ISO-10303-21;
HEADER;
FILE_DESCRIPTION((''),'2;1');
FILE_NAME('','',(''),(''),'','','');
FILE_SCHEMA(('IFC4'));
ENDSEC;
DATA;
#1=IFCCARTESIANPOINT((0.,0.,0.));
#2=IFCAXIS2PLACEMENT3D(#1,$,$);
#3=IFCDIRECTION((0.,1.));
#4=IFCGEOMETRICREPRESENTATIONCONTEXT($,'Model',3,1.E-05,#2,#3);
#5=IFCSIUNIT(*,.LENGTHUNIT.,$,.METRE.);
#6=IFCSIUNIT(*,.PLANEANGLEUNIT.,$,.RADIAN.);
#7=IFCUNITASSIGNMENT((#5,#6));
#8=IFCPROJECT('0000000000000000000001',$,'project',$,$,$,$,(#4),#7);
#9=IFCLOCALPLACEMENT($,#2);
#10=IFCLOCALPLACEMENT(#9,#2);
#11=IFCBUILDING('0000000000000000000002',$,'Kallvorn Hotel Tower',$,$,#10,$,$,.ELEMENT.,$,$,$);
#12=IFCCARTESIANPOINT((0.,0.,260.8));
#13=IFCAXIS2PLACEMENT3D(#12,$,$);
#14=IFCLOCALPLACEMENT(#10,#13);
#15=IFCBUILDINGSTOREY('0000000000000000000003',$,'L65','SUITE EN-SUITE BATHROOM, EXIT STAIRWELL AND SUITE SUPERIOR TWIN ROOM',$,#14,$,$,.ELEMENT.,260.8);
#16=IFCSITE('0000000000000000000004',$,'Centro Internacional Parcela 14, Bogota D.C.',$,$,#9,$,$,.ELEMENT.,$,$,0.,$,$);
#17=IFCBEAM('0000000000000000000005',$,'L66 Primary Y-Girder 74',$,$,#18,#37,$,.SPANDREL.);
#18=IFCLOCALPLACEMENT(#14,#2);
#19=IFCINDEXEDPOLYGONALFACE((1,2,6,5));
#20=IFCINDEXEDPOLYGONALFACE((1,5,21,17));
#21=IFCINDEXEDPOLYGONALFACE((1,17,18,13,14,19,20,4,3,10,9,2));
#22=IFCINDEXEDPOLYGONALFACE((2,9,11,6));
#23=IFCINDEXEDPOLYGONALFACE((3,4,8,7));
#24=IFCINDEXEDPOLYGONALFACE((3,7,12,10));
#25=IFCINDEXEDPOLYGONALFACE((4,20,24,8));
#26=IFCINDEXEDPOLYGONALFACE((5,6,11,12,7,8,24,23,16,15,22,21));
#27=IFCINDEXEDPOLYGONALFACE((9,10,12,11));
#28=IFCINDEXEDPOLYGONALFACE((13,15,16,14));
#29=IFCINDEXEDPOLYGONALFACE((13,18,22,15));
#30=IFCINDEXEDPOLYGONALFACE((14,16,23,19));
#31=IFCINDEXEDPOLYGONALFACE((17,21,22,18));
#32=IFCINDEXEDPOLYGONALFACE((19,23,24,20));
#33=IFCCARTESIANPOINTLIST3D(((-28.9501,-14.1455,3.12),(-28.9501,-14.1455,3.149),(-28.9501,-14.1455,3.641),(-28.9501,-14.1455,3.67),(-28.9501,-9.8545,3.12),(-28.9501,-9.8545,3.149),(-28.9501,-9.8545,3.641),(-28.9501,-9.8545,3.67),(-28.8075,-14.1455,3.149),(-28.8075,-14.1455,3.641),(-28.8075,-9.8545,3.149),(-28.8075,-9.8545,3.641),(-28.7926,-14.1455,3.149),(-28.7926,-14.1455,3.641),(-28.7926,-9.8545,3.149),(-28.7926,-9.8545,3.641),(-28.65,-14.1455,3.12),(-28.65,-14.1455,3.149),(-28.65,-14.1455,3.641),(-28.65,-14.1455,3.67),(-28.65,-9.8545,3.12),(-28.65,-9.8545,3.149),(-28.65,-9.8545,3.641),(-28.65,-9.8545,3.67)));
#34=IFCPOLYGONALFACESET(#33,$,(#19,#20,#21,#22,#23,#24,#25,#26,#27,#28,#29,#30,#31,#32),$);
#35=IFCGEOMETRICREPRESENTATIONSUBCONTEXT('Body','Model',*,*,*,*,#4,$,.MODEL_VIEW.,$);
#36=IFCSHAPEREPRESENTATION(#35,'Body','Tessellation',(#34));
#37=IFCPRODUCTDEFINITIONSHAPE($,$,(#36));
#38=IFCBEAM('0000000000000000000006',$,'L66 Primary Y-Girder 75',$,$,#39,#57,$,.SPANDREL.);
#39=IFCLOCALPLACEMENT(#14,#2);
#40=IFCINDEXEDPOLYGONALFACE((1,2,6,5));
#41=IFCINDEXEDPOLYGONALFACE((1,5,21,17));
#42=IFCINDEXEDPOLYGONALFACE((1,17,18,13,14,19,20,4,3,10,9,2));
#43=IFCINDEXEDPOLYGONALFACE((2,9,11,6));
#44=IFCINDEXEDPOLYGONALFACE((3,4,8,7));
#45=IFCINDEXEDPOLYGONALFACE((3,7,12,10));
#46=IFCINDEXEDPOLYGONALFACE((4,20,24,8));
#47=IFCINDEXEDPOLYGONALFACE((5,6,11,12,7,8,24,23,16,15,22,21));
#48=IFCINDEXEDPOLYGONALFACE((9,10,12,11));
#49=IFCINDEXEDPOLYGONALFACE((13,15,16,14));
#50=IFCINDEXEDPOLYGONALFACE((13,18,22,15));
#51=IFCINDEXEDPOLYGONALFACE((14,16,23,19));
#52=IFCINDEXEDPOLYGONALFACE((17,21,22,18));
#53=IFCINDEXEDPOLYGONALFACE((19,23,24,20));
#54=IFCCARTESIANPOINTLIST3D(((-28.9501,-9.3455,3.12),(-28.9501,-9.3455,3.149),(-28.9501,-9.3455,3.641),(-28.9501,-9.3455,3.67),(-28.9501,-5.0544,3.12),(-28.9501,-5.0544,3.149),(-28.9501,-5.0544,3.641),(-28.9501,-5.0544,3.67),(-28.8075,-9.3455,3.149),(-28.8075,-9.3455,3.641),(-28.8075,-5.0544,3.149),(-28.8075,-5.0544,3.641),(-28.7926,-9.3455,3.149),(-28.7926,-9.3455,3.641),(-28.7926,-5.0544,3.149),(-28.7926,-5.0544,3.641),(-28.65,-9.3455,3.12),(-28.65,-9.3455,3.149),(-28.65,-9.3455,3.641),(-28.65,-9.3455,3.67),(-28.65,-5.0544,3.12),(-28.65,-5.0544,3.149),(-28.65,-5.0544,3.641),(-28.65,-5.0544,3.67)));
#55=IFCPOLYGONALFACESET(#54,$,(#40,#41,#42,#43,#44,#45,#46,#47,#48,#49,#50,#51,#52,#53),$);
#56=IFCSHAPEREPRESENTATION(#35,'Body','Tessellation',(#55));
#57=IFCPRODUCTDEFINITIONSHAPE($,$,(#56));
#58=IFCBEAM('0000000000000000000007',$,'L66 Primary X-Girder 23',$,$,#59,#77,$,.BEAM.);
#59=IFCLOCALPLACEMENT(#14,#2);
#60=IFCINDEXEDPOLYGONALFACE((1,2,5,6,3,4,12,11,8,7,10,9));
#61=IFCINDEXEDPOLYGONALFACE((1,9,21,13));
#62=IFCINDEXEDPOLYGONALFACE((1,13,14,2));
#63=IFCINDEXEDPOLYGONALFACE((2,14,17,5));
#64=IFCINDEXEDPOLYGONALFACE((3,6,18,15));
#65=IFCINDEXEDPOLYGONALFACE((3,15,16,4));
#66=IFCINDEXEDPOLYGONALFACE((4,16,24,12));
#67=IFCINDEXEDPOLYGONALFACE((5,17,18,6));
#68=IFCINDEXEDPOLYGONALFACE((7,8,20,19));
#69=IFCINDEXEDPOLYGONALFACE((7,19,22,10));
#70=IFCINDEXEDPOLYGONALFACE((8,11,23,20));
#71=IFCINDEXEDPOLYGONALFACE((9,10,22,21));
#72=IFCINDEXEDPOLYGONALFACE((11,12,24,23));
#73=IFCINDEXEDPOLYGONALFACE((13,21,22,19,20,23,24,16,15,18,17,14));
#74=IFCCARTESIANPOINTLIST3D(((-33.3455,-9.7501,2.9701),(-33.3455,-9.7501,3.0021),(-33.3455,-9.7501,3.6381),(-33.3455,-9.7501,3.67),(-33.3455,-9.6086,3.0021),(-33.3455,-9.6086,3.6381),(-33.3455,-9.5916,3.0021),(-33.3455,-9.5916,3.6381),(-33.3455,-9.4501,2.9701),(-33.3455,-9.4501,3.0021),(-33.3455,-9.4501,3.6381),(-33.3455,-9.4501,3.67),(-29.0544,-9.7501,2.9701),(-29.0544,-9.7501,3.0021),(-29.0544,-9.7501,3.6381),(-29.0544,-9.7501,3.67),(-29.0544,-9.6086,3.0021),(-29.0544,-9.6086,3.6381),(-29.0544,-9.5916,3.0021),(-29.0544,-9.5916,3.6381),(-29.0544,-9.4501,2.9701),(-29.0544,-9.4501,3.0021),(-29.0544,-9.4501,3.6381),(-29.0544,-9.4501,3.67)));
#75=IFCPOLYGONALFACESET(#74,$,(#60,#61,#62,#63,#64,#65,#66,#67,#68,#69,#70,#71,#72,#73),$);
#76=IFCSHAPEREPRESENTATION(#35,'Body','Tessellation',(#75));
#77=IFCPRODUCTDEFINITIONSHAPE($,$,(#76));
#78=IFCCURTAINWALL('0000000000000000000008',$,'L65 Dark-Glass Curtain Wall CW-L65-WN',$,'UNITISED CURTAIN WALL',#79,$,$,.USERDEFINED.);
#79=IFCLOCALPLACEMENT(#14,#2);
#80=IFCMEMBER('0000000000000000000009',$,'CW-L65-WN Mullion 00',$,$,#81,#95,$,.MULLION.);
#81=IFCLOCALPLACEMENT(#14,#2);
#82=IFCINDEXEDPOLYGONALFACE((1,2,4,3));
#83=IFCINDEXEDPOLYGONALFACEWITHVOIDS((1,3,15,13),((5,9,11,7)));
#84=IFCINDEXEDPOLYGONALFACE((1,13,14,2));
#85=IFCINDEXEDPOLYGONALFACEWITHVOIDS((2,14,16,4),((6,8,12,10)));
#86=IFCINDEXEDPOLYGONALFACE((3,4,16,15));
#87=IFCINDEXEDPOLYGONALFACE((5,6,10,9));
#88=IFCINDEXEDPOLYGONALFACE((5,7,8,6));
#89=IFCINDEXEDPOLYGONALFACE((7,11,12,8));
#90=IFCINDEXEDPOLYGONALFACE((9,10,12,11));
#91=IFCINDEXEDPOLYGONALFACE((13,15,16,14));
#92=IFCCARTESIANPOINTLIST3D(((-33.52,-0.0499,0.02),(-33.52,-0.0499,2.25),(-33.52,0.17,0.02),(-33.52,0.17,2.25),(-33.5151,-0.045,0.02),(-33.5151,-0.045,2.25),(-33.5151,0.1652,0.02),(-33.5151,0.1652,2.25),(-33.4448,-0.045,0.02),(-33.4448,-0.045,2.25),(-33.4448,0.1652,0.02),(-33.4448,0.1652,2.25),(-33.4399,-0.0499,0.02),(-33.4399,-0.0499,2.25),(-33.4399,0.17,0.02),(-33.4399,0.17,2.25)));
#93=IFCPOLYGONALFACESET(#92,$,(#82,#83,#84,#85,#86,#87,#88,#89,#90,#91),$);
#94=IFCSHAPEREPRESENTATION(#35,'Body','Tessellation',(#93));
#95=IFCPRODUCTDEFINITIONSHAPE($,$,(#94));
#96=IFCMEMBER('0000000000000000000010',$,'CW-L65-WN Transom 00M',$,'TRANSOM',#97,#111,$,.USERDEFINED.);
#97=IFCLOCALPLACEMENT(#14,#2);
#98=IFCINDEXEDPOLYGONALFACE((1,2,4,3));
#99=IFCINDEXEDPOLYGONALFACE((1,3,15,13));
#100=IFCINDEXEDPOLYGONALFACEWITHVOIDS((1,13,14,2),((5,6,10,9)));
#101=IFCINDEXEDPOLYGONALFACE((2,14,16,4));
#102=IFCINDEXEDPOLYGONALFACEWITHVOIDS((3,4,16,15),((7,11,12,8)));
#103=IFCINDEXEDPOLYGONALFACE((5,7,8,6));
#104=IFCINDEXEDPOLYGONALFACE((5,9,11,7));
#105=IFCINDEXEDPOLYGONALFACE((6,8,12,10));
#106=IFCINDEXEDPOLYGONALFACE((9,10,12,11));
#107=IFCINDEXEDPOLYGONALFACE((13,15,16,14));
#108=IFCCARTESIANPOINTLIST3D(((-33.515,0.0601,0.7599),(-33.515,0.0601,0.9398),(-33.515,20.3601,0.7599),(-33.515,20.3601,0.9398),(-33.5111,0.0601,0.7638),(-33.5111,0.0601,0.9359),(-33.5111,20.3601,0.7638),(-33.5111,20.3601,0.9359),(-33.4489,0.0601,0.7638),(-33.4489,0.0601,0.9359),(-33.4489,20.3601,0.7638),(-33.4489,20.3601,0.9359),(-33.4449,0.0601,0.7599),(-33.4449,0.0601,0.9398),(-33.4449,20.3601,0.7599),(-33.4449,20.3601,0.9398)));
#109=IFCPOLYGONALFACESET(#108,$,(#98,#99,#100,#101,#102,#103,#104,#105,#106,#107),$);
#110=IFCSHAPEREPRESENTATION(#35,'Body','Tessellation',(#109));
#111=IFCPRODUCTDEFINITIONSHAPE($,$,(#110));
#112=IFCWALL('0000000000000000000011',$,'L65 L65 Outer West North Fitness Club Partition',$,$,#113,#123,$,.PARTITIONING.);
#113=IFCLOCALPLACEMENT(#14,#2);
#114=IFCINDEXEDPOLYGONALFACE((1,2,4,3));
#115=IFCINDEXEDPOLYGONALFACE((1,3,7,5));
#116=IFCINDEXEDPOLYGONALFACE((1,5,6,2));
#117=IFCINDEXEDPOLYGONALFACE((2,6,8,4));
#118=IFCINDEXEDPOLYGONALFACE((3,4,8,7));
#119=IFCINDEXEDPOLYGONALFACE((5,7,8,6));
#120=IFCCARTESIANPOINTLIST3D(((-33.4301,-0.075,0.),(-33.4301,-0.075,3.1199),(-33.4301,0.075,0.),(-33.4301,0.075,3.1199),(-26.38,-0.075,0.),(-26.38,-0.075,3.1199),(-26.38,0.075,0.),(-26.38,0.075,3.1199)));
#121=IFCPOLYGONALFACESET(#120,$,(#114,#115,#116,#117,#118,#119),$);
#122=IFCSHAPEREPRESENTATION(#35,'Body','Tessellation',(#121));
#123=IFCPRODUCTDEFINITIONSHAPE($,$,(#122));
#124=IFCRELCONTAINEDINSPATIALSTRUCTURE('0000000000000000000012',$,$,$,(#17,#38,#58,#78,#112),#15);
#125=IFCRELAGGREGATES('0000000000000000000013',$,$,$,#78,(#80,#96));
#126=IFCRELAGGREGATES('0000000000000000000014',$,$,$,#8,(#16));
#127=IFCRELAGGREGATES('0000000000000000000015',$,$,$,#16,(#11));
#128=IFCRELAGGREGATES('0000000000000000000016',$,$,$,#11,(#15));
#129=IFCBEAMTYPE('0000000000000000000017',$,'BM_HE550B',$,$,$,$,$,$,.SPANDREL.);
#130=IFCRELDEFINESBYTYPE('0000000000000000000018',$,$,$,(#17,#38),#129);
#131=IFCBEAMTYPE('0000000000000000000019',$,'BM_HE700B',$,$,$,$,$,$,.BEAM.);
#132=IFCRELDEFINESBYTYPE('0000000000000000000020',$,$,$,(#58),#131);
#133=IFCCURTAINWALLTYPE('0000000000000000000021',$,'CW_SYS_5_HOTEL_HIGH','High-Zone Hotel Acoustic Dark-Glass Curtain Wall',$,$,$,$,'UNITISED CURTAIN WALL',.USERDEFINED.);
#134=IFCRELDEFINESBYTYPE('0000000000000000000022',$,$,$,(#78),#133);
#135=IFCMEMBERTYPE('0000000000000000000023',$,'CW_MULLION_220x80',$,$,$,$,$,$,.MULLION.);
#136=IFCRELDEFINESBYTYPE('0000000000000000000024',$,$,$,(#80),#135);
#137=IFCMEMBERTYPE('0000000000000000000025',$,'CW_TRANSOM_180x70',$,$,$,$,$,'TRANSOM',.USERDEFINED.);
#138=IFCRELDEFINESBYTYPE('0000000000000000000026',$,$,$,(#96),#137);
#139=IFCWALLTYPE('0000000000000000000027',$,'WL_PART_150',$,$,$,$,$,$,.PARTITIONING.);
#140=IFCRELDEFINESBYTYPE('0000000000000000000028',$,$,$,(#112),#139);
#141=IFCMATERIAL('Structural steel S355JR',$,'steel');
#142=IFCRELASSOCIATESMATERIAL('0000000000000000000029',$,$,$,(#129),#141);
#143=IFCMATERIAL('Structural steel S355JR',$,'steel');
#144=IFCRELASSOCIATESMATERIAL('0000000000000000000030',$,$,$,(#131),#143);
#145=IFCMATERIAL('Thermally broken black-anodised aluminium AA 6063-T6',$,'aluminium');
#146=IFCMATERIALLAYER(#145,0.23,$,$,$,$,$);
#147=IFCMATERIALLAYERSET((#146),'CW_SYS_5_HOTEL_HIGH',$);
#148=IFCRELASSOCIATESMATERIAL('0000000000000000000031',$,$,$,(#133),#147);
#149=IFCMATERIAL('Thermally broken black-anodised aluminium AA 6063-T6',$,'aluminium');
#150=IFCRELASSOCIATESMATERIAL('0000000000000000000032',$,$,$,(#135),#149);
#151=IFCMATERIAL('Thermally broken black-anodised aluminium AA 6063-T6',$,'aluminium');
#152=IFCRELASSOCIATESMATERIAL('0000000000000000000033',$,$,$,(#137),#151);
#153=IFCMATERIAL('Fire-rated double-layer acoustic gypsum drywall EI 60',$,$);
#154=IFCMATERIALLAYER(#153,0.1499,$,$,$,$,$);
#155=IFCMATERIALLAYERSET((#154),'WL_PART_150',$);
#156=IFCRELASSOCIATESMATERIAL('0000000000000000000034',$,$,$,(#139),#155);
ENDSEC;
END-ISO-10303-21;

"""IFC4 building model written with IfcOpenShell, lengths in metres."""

from ifc_helpers import new_model, si_unit, direction, frame, frame_2d, origin, origin_2d, place, context, subcontext, project, spatial, rectangle, hollow_rectangle, i_section, extrude, material, layer, layer_set, material_profile, profile_set, type_object, element, aggregate, save


model = new_model("IFC4")

# Units and contexts
model_context = context("Model", 3, precision=1e-05, world=origin(), true_north=direction((0.0, 1.0)))
body_context = subcontext(model_context, "Body", "Model", "MODEL_VIEW")
ifc_project = project(units=[si_unit("LENGTHUNIT", "METRE"), si_unit("PLANEANGLEUNIT", "RADIAN")], contexts=[model_context])

# Site, building, storey
site_placement = place(None, origin())
site = spatial("IfcSite", under=ifc_project, at=site_placement, Name="Centro Internacional Parcela 14, Bogota D.C.", CompositionType="ELEMENT", RefElevation=0.0)
building_placement = place(site_placement, origin())
building = spatial("IfcBuilding", under=site, at=building_placement, Name="Kallvorn Hotel Tower", CompositionType="ELEMENT")
storey_placement = place(building_placement, frame((0.0, 0.0, 260.8)))
storey = spatial("IfcBuildingStorey", under=building, at=storey_placement, Name="L65", Description="SUITE EN-SUITE BATHROOM, EXIT STAIRWELL AND SUITE SUPERIOR TWIN ROOM", CompositionType="ELEMENT", Elevation=260.8)

# Beams
ifc_material_1 = material(Name="Structural steel S355JR", Category="steel")
ifc_material_profile_1 = material_profile(ifc_material_1, i_section(OverallWidth=0.3, OverallDepth=0.55, WebThickness=0.0149, FlangeThickness=0.0291, at=origin_2d()), Name="HE 550 B")
ifc_profile_set_1 = profile_set([ifc_material_profile_1], Name="Structural steel S355JR")
beam_type_1 = type_object("IfcBeamType", Name="BM_HE550B", PredefinedType="SPANDREL", material=ifc_profile_set_1)
for number, where, z_axis, x_axis, name in (
    (1, (-28.8, -14.1455, 3.395), (0.0, 1.0, 0.0), (-1.0, 0.0, 0.0), "L66 Primary Y-Girder 74"),
    (2, (-28.8, -9.3455, 3.395), (0.0, 1.0, 0.0), (-1.0, 0.0, 0.0), "L66 Primary Y-Girder 75"),
):
    element("IfcBeam", number, at=place(storey_placement, frame(where, z_axis=z_axis, x_axis=x_axis)), inside=storey, type_object=beam_type_1, Name=name, PredefinedType="SPANDREL", context=body_context, shape_type="SweptSolid", body=[
        extrude(i_section(OverallWidth=0.3, OverallDepth=0.55, WebThickness=0.0149, FlangeThickness=0.0291, at=origin_2d()), origin(), (0.0, 0.0, 1.0), 4.291),
    ])
ifc_material_2 = material(Name="Structural steel S355JR", Category="steel")
ifc_material_profile_2 = material_profile(ifc_material_2, i_section(OverallWidth=0.3, OverallDepth=0.7, WebThickness=0.0171, FlangeThickness=0.032, at=origin_2d()), Name="HE 700 B")
ifc_profile_set_2 = profile_set([ifc_material_profile_2], Name="Structural steel S355JR")
beam_type_2 = type_object("IfcBeamType", Name="BM_HE700B", PredefinedType="BEAM", material=ifc_profile_set_2)
beam_1_placement = place(storey_placement, frame((-33.3455, -9.6001, 3.3201), z_axis=(1.0, 0.0, 0.0), x_axis=(0.0, 1.0, 0.0)))
element("IfcBeam", 3, at=beam_1_placement, inside=storey, type_object=beam_type_2, Name="L66 Primary X-Girder 23", PredefinedType="BEAM", context=body_context, shape_type="SweptSolid", body=[
    extrude(i_section(OverallWidth=0.3, OverallDepth=0.7, WebThickness=0.0171, FlangeThickness=0.032, at=origin_2d()), origin(), (0.0, 0.0, 1.0), 4.291),
])

# Curtain wall, members
ifc_material_3 = material(Name="Thermally broken black-anodised aluminium AA 6063-T6", Category="aluminium")
ifc_layer_1 = layer(ifc_material_3, 0.23)
ifc_layer_set_1 = layer_set([ifc_layer_1], Name="CW_SYS_5_HOTEL_HIGH")
curtain_wall_type = type_object("IfcCurtainWallType", Name="CW_SYS_5_HOTEL_HIGH", Description="High-Zone Hotel Acoustic Dark-Glass Curtain Wall", ElementType="UNITISED CURTAIN WALL", PredefinedType="USERDEFINED", material=ifc_layer_set_1)
curtain_wall_placement = place(storey_placement, origin())
curtain_wall = element("IfcCurtainWall", 4, at=curtain_wall_placement, inside=storey, type_object=curtain_wall_type, Name="L65 Dark-Glass Curtain Wall CW-L65-WN", ObjectType="UNITISED CURTAIN WALL", PredefinedType="USERDEFINED")
ifc_material_4 = material(Name="Thermally broken black-anodised aluminium AA 6063-T6", Category="aluminium")
ifc_material_profile_3 = material_profile(ifc_material_4, hollow_rectangle(XDim=0.0801, YDim=0.22, WallThickness=0.0049, at=origin_2d()), Name="MUL 220x80")
ifc_profile_set_3 = profile_set([ifc_material_profile_3], Name="Thermally broken black-anodised aluminium AA 6063-T6")
member_type_1 = type_object("IfcMemberType", Name="CW_MULLION_220x80", PredefinedType="MULLION", material=ifc_profile_set_3)
member_1_placement = place(storey_placement, frame((-33.48, 0.0601, 0.02), z_axis=(0.0, 0.0, 1.0), x_axis=(1.0, 0.0, 0.0)))
member_1 = element("IfcMember", 5, at=member_1_placement, type_object=member_type_1, Name="CW-L65-WN Mullion 00", PredefinedType="MULLION", context=body_context, shape_type="SweptSolid", body=[
    extrude(hollow_rectangle(XDim=0.0801, YDim=0.22, WallThickness=0.0049, at=origin_2d()), origin(), (0.0, 0.0, 1.0), 2.23),
])
ifc_material_5 = material(Name="Thermally broken black-anodised aluminium AA 6063-T6", Category="aluminium")
ifc_material_profile_4 = material_profile(ifc_material_5, hollow_rectangle(XDim=0.0701, YDim=0.1799, WallThickness=0.0039, at=origin_2d()), Name="TRN 180x70")
ifc_profile_set_4 = profile_set([ifc_material_profile_4], Name="Thermally broken black-anodised aluminium AA 6063-T6")
member_type_2 = type_object("IfcMemberType", Name="CW_TRANSOM_180x70", ElementType="TRANSOM", PredefinedType="USERDEFINED", material=ifc_profile_set_4)
member_2_placement = place(storey_placement, frame((-33.48, 0.0601, 0.8499), z_axis=(0.0, 1.0, 0.0), x_axis=(-1.0, 0.0, 0.0)))
member_2 = element("IfcMember", 6, at=member_2_placement, type_object=member_type_2, Name="CW-L65-WN Transom 00M", ObjectType="TRANSOM", PredefinedType="USERDEFINED", context=body_context, shape_type="SweptSolid", body=[
    extrude(hollow_rectangle(XDim=0.0701, YDim=0.1799, WallThickness=0.0039, at=origin_2d()), origin(), (0.0, 0.0, 1.0), 20.3),
])
aggregate(curtain_wall, [member_1, member_2])

# Wall
ifc_material_6 = material(Name="Fire-rated double-layer acoustic gypsum drywall EI 60")
ifc_layer_2 = layer(ifc_material_6, 0.1499)
ifc_layer_set_2 = layer_set([ifc_layer_2], Name="WL_PART_150")
wall_type = type_object("IfcWallType", Name="WL_PART_150", PredefinedType="PARTITIONING", material=ifc_layer_set_2)
wall_placement = place(storey_placement, frame((-33.4299, 0.0, 0.0), z_axis=(0.0, 0.0, 1.0), x_axis=(1.0, 0.0, 0.0)))
element("IfcWall", 7, at=wall_placement, inside=storey, type_object=wall_type, Name="L65 L65 Outer West North Fitness Club Partition", PredefinedType="PARTITIONING", context=body_context, shape_type="SweptSolid", body=[
    extrude(rectangle(XDim=7.05, YDim=0.1499, at=frame_2d((3.5249, 0.0))), origin(), (0.0, 0.0, 1.0), 3.1199),
])

save(model, "model.ifc")
